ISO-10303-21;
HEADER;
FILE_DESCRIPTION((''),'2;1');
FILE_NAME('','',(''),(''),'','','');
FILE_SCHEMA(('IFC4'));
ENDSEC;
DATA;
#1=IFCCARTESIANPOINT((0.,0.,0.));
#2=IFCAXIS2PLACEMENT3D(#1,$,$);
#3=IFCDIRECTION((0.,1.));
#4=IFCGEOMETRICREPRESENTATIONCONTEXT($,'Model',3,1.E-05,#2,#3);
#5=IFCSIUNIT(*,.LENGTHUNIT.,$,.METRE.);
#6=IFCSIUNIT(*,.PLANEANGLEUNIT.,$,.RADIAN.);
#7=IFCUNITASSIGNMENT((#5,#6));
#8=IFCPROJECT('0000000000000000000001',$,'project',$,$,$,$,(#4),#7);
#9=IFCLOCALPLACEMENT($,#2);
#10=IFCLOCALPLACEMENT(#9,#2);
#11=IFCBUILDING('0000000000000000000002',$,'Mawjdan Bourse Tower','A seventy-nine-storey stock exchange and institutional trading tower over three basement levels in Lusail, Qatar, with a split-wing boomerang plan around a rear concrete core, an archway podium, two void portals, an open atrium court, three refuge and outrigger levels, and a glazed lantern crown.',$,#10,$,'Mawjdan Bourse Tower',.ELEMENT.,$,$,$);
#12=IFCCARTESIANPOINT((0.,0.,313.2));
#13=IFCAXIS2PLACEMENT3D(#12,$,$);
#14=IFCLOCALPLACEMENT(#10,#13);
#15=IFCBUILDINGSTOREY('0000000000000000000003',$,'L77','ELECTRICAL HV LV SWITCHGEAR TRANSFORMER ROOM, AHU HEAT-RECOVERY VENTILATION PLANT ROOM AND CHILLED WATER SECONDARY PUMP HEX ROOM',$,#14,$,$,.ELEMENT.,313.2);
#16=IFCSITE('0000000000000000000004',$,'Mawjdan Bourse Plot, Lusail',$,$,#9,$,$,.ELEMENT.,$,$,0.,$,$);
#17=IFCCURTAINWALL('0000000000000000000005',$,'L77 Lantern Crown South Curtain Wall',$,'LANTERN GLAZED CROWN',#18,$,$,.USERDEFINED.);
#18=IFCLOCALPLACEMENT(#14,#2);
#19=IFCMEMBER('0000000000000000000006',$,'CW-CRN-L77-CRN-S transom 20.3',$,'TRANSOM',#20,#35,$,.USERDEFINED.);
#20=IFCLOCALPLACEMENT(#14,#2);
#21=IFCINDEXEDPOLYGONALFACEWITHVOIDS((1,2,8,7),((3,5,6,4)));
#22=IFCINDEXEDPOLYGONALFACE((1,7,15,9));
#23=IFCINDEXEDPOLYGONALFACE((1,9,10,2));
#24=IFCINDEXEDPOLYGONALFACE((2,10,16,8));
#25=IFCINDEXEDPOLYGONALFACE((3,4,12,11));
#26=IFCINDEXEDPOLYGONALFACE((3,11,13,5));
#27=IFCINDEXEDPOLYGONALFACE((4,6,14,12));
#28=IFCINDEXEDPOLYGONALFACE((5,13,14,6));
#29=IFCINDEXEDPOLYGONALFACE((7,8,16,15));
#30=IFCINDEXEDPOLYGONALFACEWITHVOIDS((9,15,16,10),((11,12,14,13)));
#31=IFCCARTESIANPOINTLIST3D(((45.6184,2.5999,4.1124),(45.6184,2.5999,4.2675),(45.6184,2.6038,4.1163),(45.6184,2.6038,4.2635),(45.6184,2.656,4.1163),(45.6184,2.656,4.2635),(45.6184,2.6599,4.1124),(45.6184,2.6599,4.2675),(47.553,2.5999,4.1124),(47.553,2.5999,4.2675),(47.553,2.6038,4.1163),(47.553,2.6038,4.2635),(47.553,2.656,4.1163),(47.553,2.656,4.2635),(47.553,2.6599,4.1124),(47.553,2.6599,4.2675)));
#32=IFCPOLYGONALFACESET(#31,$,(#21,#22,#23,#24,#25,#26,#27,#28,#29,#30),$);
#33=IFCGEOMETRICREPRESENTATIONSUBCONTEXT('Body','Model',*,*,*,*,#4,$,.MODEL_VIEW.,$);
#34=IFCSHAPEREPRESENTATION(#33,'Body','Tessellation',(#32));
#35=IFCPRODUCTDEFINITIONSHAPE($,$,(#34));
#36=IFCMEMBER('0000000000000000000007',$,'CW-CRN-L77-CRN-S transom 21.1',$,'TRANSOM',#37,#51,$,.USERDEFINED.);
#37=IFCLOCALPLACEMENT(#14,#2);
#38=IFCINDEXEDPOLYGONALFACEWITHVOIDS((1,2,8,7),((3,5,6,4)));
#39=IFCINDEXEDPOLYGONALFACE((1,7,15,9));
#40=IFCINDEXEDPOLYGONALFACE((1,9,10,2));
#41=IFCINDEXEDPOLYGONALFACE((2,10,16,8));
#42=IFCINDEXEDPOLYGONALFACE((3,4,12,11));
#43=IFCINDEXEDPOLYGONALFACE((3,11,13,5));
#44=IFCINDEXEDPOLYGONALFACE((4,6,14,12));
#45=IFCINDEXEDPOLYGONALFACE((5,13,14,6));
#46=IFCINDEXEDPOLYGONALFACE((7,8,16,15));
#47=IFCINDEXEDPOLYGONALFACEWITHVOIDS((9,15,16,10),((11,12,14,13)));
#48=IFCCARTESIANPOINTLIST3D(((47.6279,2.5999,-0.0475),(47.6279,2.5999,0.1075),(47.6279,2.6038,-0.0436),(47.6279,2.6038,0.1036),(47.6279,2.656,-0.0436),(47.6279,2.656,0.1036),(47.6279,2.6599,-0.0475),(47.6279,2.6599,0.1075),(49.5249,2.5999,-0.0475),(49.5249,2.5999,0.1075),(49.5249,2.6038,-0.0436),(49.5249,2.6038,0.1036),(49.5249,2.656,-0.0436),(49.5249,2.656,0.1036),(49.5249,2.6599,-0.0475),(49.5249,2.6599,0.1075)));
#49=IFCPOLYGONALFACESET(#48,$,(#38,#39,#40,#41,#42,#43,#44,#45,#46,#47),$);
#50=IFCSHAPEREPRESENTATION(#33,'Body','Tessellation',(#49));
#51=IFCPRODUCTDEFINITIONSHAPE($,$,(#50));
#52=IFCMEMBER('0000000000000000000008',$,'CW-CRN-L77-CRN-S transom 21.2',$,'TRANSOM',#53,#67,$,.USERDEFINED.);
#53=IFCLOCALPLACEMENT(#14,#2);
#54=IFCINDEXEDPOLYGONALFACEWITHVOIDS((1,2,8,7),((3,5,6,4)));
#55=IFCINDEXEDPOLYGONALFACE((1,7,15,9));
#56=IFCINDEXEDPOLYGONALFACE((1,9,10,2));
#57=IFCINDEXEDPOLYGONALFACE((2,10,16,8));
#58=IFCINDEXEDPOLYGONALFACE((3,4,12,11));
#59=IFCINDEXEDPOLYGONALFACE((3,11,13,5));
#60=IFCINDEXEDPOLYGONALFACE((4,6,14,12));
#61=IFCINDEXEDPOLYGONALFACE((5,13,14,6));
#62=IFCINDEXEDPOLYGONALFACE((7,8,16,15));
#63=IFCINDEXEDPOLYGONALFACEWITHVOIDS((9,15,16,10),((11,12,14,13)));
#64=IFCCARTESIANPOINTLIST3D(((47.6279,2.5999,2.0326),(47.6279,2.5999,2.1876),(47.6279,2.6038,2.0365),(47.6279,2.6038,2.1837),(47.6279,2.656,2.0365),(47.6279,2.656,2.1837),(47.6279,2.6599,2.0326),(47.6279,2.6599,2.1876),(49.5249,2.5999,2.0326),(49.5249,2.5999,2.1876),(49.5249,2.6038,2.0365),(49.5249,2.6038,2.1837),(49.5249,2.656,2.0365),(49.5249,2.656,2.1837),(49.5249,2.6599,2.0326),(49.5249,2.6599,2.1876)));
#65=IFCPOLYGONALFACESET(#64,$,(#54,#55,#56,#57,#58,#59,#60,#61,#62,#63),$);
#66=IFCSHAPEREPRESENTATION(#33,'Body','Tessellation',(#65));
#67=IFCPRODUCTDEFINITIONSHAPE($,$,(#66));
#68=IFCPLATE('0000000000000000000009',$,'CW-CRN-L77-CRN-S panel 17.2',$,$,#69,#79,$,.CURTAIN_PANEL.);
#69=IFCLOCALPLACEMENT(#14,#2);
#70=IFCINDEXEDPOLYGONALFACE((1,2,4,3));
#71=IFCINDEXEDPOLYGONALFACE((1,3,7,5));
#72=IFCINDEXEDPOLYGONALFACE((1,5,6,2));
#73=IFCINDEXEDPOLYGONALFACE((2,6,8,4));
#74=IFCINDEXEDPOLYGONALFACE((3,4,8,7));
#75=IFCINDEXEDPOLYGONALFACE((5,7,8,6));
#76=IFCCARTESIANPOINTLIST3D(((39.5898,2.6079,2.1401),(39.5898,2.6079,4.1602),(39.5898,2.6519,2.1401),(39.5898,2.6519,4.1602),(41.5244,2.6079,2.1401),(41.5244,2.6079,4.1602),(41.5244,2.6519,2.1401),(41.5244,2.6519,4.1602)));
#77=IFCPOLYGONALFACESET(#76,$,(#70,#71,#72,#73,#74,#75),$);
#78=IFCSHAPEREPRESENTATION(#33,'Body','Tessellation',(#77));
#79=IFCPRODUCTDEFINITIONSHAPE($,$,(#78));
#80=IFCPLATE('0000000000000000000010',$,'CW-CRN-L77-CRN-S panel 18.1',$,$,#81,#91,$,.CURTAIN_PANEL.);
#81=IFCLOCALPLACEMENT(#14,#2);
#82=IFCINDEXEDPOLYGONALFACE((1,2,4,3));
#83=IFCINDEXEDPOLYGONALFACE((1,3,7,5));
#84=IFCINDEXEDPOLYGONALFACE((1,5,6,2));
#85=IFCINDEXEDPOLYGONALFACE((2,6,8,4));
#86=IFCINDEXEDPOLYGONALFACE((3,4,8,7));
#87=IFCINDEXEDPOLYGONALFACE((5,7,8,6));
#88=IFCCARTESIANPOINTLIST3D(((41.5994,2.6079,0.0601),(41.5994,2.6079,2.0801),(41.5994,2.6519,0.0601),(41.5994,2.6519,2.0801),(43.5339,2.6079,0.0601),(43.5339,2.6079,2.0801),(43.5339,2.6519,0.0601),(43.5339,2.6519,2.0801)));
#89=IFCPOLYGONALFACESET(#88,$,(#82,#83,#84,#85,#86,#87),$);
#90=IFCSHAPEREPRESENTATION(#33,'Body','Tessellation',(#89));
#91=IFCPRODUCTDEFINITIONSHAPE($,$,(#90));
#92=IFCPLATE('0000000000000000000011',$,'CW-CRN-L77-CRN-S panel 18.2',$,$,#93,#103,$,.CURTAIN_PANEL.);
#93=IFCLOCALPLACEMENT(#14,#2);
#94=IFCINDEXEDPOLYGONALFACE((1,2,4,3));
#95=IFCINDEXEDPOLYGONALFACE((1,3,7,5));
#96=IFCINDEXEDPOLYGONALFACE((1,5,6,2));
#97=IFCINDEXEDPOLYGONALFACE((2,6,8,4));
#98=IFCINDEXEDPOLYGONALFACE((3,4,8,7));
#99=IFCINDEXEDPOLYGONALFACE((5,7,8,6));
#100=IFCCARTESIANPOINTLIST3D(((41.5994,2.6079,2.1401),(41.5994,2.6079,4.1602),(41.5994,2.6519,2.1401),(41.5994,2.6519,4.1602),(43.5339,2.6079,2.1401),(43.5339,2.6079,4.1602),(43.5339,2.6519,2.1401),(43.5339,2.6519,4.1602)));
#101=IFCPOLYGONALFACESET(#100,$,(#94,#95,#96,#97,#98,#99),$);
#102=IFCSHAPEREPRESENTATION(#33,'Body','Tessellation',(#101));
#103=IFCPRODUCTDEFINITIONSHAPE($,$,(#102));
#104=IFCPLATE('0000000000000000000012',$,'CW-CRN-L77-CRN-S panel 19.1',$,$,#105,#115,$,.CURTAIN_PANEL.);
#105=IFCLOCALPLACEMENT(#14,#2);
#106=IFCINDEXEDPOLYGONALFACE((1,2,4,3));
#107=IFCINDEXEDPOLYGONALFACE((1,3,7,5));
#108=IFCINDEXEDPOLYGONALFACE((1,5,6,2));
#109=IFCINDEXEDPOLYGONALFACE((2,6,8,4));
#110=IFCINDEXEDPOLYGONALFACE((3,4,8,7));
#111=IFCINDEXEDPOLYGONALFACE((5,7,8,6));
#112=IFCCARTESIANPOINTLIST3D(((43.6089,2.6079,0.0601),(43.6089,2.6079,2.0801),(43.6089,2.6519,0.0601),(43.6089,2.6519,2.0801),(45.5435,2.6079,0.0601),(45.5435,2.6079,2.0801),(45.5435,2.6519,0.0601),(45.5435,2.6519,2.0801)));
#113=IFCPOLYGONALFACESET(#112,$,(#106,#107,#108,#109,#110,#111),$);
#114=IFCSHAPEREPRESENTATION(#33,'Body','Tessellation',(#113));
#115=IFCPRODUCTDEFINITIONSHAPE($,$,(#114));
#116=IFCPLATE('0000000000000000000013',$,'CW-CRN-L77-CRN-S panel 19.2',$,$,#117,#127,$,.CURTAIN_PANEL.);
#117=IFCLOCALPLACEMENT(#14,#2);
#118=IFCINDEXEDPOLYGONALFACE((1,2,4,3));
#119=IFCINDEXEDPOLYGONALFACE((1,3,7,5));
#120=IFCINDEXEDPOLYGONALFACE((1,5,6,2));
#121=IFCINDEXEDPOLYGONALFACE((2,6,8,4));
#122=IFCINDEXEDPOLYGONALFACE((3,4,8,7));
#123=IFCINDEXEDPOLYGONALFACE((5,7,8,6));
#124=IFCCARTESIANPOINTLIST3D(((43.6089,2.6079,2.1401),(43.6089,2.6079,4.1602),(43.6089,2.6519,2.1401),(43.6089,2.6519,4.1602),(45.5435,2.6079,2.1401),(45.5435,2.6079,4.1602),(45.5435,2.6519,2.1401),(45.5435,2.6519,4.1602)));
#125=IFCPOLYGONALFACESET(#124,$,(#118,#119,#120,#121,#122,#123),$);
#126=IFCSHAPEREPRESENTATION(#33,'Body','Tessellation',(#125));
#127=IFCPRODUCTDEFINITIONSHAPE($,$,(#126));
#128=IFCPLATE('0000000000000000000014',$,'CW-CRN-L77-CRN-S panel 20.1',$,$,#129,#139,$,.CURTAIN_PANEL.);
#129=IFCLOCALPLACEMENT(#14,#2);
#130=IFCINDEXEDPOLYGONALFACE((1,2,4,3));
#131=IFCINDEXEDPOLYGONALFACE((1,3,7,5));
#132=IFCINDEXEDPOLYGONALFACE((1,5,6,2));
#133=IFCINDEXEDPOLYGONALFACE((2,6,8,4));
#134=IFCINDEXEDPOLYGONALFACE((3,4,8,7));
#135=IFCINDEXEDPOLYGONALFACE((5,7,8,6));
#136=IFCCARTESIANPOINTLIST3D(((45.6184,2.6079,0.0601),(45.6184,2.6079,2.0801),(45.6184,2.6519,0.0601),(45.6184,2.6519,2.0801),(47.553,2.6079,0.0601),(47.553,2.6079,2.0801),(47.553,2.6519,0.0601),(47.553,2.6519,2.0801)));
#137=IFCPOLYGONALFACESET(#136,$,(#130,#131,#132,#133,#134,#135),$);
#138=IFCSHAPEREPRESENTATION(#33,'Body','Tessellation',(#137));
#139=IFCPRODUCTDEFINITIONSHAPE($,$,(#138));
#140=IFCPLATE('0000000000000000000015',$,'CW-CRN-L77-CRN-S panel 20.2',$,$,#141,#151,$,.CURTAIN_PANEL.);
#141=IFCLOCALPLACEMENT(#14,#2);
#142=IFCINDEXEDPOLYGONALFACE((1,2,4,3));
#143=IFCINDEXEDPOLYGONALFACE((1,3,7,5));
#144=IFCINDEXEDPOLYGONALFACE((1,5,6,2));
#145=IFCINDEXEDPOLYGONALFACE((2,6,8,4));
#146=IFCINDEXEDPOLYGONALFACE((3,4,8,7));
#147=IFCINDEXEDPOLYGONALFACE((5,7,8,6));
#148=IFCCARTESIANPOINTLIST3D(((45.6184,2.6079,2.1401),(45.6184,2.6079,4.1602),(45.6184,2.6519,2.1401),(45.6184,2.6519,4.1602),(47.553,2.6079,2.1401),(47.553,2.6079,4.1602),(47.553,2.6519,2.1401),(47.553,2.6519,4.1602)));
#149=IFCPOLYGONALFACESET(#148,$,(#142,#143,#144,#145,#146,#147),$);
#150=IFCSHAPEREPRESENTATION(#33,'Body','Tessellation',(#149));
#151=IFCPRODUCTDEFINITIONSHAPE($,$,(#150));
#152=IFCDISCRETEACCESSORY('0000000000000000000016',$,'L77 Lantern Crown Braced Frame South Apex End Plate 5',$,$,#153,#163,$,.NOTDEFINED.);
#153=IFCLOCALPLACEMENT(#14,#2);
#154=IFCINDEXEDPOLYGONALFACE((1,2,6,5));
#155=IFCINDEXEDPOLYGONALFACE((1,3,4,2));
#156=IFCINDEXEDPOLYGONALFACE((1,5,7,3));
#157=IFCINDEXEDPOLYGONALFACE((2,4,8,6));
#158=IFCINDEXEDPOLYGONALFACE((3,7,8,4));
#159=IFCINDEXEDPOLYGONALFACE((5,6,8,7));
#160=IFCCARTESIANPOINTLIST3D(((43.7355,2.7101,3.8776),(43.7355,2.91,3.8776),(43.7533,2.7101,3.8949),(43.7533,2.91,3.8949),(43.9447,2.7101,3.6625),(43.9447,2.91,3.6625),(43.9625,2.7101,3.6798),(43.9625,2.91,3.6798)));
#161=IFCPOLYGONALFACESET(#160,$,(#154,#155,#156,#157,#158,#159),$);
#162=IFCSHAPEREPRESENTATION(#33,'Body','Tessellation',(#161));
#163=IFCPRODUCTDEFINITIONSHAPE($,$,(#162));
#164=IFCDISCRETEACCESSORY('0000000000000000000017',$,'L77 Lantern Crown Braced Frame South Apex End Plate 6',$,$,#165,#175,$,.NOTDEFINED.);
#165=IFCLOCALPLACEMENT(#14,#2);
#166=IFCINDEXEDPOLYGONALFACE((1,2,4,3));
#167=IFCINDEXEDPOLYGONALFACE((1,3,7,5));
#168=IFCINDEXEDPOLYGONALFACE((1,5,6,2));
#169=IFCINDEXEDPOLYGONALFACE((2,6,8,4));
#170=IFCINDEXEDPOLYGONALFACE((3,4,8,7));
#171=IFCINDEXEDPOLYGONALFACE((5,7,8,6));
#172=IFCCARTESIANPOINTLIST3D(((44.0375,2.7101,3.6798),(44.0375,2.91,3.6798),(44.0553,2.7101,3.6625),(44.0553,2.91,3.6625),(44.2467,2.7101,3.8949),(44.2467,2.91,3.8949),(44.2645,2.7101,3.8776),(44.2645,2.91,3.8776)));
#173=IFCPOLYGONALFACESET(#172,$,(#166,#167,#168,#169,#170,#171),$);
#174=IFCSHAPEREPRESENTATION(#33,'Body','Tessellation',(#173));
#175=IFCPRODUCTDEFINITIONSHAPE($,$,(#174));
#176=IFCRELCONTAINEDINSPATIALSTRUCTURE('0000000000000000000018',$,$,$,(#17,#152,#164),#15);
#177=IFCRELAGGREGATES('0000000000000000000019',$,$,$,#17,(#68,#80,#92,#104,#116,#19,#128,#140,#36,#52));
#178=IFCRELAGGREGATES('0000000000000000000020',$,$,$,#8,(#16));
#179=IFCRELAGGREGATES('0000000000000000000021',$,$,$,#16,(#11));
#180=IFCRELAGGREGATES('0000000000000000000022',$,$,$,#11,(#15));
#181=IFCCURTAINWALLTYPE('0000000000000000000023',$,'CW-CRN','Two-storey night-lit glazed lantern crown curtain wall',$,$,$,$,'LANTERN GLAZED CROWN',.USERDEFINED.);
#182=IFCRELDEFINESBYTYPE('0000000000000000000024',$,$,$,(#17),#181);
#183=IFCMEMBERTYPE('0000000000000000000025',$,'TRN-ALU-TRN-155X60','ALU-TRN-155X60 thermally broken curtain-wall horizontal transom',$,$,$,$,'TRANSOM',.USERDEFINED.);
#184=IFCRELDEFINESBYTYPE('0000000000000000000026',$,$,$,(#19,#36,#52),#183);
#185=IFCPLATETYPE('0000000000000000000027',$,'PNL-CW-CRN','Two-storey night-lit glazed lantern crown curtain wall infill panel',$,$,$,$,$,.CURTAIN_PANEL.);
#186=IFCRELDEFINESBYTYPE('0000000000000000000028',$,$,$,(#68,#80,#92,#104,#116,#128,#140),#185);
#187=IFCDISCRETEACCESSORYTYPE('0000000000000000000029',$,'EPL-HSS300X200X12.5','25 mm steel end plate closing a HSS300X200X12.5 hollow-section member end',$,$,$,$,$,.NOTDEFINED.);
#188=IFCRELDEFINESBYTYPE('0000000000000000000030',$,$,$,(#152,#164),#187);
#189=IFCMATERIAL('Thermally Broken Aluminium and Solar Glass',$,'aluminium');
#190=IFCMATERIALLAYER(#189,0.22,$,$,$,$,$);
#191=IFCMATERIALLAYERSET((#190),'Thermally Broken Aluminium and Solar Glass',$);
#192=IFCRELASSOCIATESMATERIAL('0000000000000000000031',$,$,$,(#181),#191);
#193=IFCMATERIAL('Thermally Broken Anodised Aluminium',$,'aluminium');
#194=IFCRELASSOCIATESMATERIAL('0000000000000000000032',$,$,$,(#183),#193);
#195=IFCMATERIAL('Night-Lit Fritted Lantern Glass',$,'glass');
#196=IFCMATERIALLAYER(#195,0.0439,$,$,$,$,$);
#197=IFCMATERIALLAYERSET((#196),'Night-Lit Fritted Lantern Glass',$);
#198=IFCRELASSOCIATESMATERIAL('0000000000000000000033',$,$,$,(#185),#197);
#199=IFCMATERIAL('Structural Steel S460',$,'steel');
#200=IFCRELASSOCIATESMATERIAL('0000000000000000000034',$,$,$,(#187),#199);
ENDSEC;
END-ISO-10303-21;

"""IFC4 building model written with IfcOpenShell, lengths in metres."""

from ifc_helpers import new_model, si_unit, direction, frame, origin, origin_2d, place, context, subcontext, project, spatial, rectangle, hollow_rectangle, extrude, material, layer, layer_set, material_profile, profile_set, type_object, element, aggregate, save


model = new_model("IFC4")

# Units and contexts
model_context = context("Model", 3, precision=1e-05, world=origin(), true_north=direction((0.0, 1.0)))
body_context = subcontext(model_context, "Body", "Model", "MODEL_VIEW")
ifc_project = project(units=[si_unit("LENGTHUNIT", "METRE"), si_unit("PLANEANGLEUNIT", "RADIAN")], contexts=[model_context])

# Site, building, storey
site_placement = place(None, origin())
site = spatial("IfcSite", under=ifc_project, at=site_placement, Name="Mawjdan Bourse Plot, Lusail", CompositionType="ELEMENT", RefElevation=0.0)
building_placement = place(site_placement, origin())
building = spatial("IfcBuilding", under=site, at=building_placement, Name="Mawjdan Bourse Tower", Description="A seventy-nine-storey stock exchange and institutional trading tower over three basement levels in Lusail, Qatar, with a split-wing boomerang plan around a rear concrete core, an archway podium, two void portals, an open atrium court, three refuge and outrigger levels, and a glazed lantern crown.", LongName="Mawjdan Bourse Tower", CompositionType="ELEMENT")
storey_placement = place(building_placement, frame((0.0, 0.0, 313.2)))
storey = spatial("IfcBuildingStorey", under=building, at=storey_placement, Name="L77", Description="ELECTRICAL HV LV SWITCHGEAR TRANSFORMER ROOM, AHU HEAT-RECOVERY VENTILATION PLANT ROOM AND CHILLED WATER SECONDARY PUMP HEX ROOM", CompositionType="ELEMENT", Elevation=313.2)

# Shared definitions
ifc_material_1 = material(Name="Structural Steel S460", Category="steel")

# Curtain wall
ifc_material_2 = material(Name="Thermally Broken Aluminium and Solar Glass", Category="aluminium")
ifc_layer_1 = layer(ifc_material_2, 0.22)
ifc_layer_set_1 = layer_set([ifc_layer_1], Name="Thermally Broken Aluminium and Solar Glass")
curtain_wall_type = type_object("IfcCurtainWallType", Name="CW-CRN", Description="Two-storey night-lit glazed lantern crown curtain wall", ElementType="LANTERN GLAZED CROWN", PredefinedType="USERDEFINED", material=ifc_layer_set_1)
curtain_wall_placement = place(storey_placement, origin())
curtain_wall = element("IfcCurtainWall", 1, at=curtain_wall_placement, inside=storey, type_object=curtain_wall_type, Name="L77 Lantern Crown South Curtain Wall", ObjectType="LANTERN GLAZED CROWN", PredefinedType="USERDEFINED")
ifc_material_3 = material(Name="Thermally Broken Anodised Aluminium", Category="aluminium")

# Members
ifc_material_profile_1 = material_profile(ifc_material_3, hollow_rectangle(XDim=0.0601, YDim=0.155, WallThickness=0.0039, at=origin_2d()), Name="ALU-TRN-155X60")
ifc_profile_set_1 = profile_set([ifc_material_profile_1], Name="Thermally Broken Anodised Aluminium")
member_type_1 = type_object("IfcMemberType", Name="TRN-ALU-TRN-155X60", Description="ALU-TRN-155X60 thermally broken curtain-wall horizontal transom", ElementType="TRANSOM", PredefinedType="USERDEFINED", material=ifc_profile_set_1)
member_1_placement = place(storey_placement, frame((45.6184, 2.6299, 4.1899), z_axis=(1.0, 0.0, 0.0), x_axis=(0.0, 1.0, 0.0)))
member_1 = element("IfcMember", 2, at=member_1_placement, type_object=member_type_1, Name="CW-CRN-L77-CRN-S transom 20.3", ObjectType="TRANSOM", PredefinedType="USERDEFINED", context=body_context, shape_type="SweptSolid", body=[
    extrude(hollow_rectangle(XDim=0.0601, YDim=0.155, WallThickness=0.0039, at=origin_2d()), origin(), (0.0, 0.0, 1.0), 1.9346),
])
member_2_placement = place(storey_placement, frame((47.6279, 2.6299, 0.03), z_axis=(1.0, 0.0, 0.0), x_axis=(0.0, 1.0, 0.0)))
member_2 = element("IfcMember", 3, at=member_2_placement, type_object=member_type_1, Name="CW-CRN-L77-CRN-S transom 21.1", ObjectType="TRANSOM", PredefinedType="USERDEFINED", context=body_context, shape_type="SweptSolid", body=[
    extrude(hollow_rectangle(XDim=0.0601, YDim=0.155, WallThickness=0.0039, at=origin_2d()), origin(), (0.0, 0.0, 1.0), 1.897),
])
member_3_placement = place(storey_placement, frame((47.6279, 2.6299, 2.1101), z_axis=(1.0, 0.0, 0.0), x_axis=(0.0, 1.0, 0.0)))
member_3 = element("IfcMember", 4, at=member_3_placement, type_object=member_type_1, Name="CW-CRN-L77-CRN-S transom 21.2", ObjectType="TRANSOM", PredefinedType="USERDEFINED", context=body_context, shape_type="SweptSolid", body=[
    extrude(hollow_rectangle(XDim=0.0601, YDim=0.155, WallThickness=0.0039, at=origin_2d()), origin(), (0.0, 0.0, 1.0), 1.897),
])

# Plates
ifc_material_4 = material(Name="Night-Lit Fritted Lantern Glass", Category="glass")
ifc_layer_2 = layer(ifc_material_4, 0.0439)
ifc_layer_set_2 = layer_set([ifc_layer_2], Name="Night-Lit Fritted Lantern Glass")
plate_type = type_object("IfcPlateType", Name="PNL-CW-CRN", Description="Two-storey night-lit glazed lantern crown curtain wall infill panel", PredefinedType="CURTAIN_PANEL", material=ifc_layer_set_2)
plate_1_placement = place(storey_placement, frame((40.5571, 2.6299, 2.1401), z_axis=(0.0, 0.0, 1.0), x_axis=(1.0, 0.0, 0.0)))
plate_1 = element("IfcPlate", 5, at=plate_1_placement, type_object=plate_type, Name="CW-CRN-L77-CRN-S panel 17.2", PredefinedType="CURTAIN_PANEL", context=body_context, shape_type="SweptSolid", body=[
    extrude(rectangle(XDim=1.9346, YDim=0.0439, at=origin_2d()), origin(), (0.0, 0.0, 1.0), 2.02),
])
plate_2_placement = place(storey_placement, frame((42.5667, 2.6299, 0.0601), z_axis=(0.0, 0.0, 1.0), x_axis=(1.0, 0.0, 0.0)))
plate_2 = element("IfcPlate", 6, at=plate_2_placement, type_object=plate_type, Name="CW-CRN-L77-CRN-S panel 18.1", PredefinedType="CURTAIN_PANEL", context=body_context, shape_type="SweptSolid", body=[
    extrude(rectangle(XDim=1.9346, YDim=0.0439, at=origin_2d()), origin(), (0.0, 0.0, 1.0), 2.02),
])
plate_3_placement = place(storey_placement, frame((42.5667, 2.6299, 2.1401), z_axis=(0.0, 0.0, 1.0), x_axis=(1.0, 0.0, 0.0)))
plate_3 = element("IfcPlate", 7, at=plate_3_placement, type_object=plate_type, Name="CW-CRN-L77-CRN-S panel 18.2", PredefinedType="CURTAIN_PANEL", context=body_context, shape_type="SweptSolid", body=[
    extrude(rectangle(XDim=1.9346, YDim=0.0439, at=origin_2d()), origin(), (0.0, 0.0, 1.0), 2.02),
])
plate_4_placement = place(storey_placement, frame((44.5762, 2.6299, 0.0601), z_axis=(0.0, 0.0, 1.0), x_axis=(1.0, 0.0, 0.0)))
plate_4 = element("IfcPlate", 8, at=plate_4_placement, type_object=plate_type, Name="CW-CRN-L77-CRN-S panel 19.1", PredefinedType="CURTAIN_PANEL", context=body_context, shape_type="SweptSolid", body=[
    extrude(rectangle(XDim=1.9346, YDim=0.0439, at=origin_2d()), origin(), (0.0, 0.0, 1.0), 2.02),
])
plate_5_placement = place(storey_placement, frame((44.5762, 2.6299, 2.1401), z_axis=(0.0, 0.0, 1.0), x_axis=(1.0, 0.0, 0.0)))
plate_5 = element("IfcPlate", 9, at=plate_5_placement, type_object=plate_type, Name="CW-CRN-L77-CRN-S panel 19.2", PredefinedType="CURTAIN_PANEL", context=body_context, shape_type="SweptSolid", body=[
    extrude(rectangle(XDim=1.9346, YDim=0.0439, at=origin_2d()), origin(), (0.0, 0.0, 1.0), 2.02),
])
plate_6_placement = place(storey_placement, frame((46.5857, 2.6299, 0.0601), z_axis=(0.0, 0.0, 1.0), x_axis=(1.0, 0.0, 0.0)))
plate_6 = element("IfcPlate", 10, at=plate_6_placement, type_object=plate_type, Name="CW-CRN-L77-CRN-S panel 20.1", PredefinedType="CURTAIN_PANEL", context=body_context, shape_type="SweptSolid", body=[
    extrude(rectangle(XDim=1.9346, YDim=0.0439, at=origin_2d()), origin(), (0.0, 0.0, 1.0), 2.02),
])
plate_7_placement = place(storey_placement, frame((46.5857, 2.6299, 2.1401), z_axis=(0.0, 0.0, 1.0), x_axis=(1.0, 0.0, 0.0)))
plate_7 = element("IfcPlate", 11, at=plate_7_placement, type_object=plate_type, Name="CW-CRN-L77-CRN-S panel 20.2", PredefinedType="CURTAIN_PANEL", context=body_context, shape_type="SweptSolid", body=[
    extrude(rectangle(XDim=1.9346, YDim=0.0439, at=origin_2d()), origin(), (0.0, 0.0, 1.0), 2.02),
])
aggregate(curtain_wall, [plate_1, plate_2, plate_3, plate_4, plate_5, member_1, plate_6, plate_7, member_2, member_3])

# Discrete accessories
ifc_material_profile_2 = material_profile(ifc_material_1, rectangle(XDim=0.2, YDim=0.3, at=origin_2d()), Name="EPL-HSS300X200X12.5")
ifc_profile_set_2 = profile_set([ifc_material_profile_2], Name="Structural Steel S460")
discrete_accessory_type = type_object("IfcDiscreteAccessoryType", Name="EPL-HSS300X200X12.5", Description="25 mm steel end plate closing a HSS300X200X12.5 hollow-section member end", PredefinedType="NOTDEFINED", material=ifc_profile_set_2)
for number, where, z_axis, x_axis, name in (
    (12, (43.8401, 2.8101, 3.77), (0.716859, 0.0, 0.697219), (0.0, 1.0, 0.0), "L77 Lantern Crown Braced Frame South Apex End Plate 5"),
    (13, (44.1599, 2.8101, 3.77), (-0.716859, 0.0, 0.697219), (0.0, -1.0, 0.0), "L77 Lantern Crown Braced Frame South Apex End Plate 6"),
):
    element("IfcDiscreteAccessory", number, at=place(storey_placement, frame(where, z_axis=z_axis, x_axis=x_axis)), inside=storey, type_object=discrete_accessory_type, Name=name, PredefinedType="NOTDEFINED", context=body_context, shape_type="SweptSolid", body=[
        extrude(rectangle(XDim=0.2, YDim=0.3, at=origin_2d()), origin(), (0.0, 0.0, 1.0), 0.0249),
    ])

save(model, "model.ifc")
